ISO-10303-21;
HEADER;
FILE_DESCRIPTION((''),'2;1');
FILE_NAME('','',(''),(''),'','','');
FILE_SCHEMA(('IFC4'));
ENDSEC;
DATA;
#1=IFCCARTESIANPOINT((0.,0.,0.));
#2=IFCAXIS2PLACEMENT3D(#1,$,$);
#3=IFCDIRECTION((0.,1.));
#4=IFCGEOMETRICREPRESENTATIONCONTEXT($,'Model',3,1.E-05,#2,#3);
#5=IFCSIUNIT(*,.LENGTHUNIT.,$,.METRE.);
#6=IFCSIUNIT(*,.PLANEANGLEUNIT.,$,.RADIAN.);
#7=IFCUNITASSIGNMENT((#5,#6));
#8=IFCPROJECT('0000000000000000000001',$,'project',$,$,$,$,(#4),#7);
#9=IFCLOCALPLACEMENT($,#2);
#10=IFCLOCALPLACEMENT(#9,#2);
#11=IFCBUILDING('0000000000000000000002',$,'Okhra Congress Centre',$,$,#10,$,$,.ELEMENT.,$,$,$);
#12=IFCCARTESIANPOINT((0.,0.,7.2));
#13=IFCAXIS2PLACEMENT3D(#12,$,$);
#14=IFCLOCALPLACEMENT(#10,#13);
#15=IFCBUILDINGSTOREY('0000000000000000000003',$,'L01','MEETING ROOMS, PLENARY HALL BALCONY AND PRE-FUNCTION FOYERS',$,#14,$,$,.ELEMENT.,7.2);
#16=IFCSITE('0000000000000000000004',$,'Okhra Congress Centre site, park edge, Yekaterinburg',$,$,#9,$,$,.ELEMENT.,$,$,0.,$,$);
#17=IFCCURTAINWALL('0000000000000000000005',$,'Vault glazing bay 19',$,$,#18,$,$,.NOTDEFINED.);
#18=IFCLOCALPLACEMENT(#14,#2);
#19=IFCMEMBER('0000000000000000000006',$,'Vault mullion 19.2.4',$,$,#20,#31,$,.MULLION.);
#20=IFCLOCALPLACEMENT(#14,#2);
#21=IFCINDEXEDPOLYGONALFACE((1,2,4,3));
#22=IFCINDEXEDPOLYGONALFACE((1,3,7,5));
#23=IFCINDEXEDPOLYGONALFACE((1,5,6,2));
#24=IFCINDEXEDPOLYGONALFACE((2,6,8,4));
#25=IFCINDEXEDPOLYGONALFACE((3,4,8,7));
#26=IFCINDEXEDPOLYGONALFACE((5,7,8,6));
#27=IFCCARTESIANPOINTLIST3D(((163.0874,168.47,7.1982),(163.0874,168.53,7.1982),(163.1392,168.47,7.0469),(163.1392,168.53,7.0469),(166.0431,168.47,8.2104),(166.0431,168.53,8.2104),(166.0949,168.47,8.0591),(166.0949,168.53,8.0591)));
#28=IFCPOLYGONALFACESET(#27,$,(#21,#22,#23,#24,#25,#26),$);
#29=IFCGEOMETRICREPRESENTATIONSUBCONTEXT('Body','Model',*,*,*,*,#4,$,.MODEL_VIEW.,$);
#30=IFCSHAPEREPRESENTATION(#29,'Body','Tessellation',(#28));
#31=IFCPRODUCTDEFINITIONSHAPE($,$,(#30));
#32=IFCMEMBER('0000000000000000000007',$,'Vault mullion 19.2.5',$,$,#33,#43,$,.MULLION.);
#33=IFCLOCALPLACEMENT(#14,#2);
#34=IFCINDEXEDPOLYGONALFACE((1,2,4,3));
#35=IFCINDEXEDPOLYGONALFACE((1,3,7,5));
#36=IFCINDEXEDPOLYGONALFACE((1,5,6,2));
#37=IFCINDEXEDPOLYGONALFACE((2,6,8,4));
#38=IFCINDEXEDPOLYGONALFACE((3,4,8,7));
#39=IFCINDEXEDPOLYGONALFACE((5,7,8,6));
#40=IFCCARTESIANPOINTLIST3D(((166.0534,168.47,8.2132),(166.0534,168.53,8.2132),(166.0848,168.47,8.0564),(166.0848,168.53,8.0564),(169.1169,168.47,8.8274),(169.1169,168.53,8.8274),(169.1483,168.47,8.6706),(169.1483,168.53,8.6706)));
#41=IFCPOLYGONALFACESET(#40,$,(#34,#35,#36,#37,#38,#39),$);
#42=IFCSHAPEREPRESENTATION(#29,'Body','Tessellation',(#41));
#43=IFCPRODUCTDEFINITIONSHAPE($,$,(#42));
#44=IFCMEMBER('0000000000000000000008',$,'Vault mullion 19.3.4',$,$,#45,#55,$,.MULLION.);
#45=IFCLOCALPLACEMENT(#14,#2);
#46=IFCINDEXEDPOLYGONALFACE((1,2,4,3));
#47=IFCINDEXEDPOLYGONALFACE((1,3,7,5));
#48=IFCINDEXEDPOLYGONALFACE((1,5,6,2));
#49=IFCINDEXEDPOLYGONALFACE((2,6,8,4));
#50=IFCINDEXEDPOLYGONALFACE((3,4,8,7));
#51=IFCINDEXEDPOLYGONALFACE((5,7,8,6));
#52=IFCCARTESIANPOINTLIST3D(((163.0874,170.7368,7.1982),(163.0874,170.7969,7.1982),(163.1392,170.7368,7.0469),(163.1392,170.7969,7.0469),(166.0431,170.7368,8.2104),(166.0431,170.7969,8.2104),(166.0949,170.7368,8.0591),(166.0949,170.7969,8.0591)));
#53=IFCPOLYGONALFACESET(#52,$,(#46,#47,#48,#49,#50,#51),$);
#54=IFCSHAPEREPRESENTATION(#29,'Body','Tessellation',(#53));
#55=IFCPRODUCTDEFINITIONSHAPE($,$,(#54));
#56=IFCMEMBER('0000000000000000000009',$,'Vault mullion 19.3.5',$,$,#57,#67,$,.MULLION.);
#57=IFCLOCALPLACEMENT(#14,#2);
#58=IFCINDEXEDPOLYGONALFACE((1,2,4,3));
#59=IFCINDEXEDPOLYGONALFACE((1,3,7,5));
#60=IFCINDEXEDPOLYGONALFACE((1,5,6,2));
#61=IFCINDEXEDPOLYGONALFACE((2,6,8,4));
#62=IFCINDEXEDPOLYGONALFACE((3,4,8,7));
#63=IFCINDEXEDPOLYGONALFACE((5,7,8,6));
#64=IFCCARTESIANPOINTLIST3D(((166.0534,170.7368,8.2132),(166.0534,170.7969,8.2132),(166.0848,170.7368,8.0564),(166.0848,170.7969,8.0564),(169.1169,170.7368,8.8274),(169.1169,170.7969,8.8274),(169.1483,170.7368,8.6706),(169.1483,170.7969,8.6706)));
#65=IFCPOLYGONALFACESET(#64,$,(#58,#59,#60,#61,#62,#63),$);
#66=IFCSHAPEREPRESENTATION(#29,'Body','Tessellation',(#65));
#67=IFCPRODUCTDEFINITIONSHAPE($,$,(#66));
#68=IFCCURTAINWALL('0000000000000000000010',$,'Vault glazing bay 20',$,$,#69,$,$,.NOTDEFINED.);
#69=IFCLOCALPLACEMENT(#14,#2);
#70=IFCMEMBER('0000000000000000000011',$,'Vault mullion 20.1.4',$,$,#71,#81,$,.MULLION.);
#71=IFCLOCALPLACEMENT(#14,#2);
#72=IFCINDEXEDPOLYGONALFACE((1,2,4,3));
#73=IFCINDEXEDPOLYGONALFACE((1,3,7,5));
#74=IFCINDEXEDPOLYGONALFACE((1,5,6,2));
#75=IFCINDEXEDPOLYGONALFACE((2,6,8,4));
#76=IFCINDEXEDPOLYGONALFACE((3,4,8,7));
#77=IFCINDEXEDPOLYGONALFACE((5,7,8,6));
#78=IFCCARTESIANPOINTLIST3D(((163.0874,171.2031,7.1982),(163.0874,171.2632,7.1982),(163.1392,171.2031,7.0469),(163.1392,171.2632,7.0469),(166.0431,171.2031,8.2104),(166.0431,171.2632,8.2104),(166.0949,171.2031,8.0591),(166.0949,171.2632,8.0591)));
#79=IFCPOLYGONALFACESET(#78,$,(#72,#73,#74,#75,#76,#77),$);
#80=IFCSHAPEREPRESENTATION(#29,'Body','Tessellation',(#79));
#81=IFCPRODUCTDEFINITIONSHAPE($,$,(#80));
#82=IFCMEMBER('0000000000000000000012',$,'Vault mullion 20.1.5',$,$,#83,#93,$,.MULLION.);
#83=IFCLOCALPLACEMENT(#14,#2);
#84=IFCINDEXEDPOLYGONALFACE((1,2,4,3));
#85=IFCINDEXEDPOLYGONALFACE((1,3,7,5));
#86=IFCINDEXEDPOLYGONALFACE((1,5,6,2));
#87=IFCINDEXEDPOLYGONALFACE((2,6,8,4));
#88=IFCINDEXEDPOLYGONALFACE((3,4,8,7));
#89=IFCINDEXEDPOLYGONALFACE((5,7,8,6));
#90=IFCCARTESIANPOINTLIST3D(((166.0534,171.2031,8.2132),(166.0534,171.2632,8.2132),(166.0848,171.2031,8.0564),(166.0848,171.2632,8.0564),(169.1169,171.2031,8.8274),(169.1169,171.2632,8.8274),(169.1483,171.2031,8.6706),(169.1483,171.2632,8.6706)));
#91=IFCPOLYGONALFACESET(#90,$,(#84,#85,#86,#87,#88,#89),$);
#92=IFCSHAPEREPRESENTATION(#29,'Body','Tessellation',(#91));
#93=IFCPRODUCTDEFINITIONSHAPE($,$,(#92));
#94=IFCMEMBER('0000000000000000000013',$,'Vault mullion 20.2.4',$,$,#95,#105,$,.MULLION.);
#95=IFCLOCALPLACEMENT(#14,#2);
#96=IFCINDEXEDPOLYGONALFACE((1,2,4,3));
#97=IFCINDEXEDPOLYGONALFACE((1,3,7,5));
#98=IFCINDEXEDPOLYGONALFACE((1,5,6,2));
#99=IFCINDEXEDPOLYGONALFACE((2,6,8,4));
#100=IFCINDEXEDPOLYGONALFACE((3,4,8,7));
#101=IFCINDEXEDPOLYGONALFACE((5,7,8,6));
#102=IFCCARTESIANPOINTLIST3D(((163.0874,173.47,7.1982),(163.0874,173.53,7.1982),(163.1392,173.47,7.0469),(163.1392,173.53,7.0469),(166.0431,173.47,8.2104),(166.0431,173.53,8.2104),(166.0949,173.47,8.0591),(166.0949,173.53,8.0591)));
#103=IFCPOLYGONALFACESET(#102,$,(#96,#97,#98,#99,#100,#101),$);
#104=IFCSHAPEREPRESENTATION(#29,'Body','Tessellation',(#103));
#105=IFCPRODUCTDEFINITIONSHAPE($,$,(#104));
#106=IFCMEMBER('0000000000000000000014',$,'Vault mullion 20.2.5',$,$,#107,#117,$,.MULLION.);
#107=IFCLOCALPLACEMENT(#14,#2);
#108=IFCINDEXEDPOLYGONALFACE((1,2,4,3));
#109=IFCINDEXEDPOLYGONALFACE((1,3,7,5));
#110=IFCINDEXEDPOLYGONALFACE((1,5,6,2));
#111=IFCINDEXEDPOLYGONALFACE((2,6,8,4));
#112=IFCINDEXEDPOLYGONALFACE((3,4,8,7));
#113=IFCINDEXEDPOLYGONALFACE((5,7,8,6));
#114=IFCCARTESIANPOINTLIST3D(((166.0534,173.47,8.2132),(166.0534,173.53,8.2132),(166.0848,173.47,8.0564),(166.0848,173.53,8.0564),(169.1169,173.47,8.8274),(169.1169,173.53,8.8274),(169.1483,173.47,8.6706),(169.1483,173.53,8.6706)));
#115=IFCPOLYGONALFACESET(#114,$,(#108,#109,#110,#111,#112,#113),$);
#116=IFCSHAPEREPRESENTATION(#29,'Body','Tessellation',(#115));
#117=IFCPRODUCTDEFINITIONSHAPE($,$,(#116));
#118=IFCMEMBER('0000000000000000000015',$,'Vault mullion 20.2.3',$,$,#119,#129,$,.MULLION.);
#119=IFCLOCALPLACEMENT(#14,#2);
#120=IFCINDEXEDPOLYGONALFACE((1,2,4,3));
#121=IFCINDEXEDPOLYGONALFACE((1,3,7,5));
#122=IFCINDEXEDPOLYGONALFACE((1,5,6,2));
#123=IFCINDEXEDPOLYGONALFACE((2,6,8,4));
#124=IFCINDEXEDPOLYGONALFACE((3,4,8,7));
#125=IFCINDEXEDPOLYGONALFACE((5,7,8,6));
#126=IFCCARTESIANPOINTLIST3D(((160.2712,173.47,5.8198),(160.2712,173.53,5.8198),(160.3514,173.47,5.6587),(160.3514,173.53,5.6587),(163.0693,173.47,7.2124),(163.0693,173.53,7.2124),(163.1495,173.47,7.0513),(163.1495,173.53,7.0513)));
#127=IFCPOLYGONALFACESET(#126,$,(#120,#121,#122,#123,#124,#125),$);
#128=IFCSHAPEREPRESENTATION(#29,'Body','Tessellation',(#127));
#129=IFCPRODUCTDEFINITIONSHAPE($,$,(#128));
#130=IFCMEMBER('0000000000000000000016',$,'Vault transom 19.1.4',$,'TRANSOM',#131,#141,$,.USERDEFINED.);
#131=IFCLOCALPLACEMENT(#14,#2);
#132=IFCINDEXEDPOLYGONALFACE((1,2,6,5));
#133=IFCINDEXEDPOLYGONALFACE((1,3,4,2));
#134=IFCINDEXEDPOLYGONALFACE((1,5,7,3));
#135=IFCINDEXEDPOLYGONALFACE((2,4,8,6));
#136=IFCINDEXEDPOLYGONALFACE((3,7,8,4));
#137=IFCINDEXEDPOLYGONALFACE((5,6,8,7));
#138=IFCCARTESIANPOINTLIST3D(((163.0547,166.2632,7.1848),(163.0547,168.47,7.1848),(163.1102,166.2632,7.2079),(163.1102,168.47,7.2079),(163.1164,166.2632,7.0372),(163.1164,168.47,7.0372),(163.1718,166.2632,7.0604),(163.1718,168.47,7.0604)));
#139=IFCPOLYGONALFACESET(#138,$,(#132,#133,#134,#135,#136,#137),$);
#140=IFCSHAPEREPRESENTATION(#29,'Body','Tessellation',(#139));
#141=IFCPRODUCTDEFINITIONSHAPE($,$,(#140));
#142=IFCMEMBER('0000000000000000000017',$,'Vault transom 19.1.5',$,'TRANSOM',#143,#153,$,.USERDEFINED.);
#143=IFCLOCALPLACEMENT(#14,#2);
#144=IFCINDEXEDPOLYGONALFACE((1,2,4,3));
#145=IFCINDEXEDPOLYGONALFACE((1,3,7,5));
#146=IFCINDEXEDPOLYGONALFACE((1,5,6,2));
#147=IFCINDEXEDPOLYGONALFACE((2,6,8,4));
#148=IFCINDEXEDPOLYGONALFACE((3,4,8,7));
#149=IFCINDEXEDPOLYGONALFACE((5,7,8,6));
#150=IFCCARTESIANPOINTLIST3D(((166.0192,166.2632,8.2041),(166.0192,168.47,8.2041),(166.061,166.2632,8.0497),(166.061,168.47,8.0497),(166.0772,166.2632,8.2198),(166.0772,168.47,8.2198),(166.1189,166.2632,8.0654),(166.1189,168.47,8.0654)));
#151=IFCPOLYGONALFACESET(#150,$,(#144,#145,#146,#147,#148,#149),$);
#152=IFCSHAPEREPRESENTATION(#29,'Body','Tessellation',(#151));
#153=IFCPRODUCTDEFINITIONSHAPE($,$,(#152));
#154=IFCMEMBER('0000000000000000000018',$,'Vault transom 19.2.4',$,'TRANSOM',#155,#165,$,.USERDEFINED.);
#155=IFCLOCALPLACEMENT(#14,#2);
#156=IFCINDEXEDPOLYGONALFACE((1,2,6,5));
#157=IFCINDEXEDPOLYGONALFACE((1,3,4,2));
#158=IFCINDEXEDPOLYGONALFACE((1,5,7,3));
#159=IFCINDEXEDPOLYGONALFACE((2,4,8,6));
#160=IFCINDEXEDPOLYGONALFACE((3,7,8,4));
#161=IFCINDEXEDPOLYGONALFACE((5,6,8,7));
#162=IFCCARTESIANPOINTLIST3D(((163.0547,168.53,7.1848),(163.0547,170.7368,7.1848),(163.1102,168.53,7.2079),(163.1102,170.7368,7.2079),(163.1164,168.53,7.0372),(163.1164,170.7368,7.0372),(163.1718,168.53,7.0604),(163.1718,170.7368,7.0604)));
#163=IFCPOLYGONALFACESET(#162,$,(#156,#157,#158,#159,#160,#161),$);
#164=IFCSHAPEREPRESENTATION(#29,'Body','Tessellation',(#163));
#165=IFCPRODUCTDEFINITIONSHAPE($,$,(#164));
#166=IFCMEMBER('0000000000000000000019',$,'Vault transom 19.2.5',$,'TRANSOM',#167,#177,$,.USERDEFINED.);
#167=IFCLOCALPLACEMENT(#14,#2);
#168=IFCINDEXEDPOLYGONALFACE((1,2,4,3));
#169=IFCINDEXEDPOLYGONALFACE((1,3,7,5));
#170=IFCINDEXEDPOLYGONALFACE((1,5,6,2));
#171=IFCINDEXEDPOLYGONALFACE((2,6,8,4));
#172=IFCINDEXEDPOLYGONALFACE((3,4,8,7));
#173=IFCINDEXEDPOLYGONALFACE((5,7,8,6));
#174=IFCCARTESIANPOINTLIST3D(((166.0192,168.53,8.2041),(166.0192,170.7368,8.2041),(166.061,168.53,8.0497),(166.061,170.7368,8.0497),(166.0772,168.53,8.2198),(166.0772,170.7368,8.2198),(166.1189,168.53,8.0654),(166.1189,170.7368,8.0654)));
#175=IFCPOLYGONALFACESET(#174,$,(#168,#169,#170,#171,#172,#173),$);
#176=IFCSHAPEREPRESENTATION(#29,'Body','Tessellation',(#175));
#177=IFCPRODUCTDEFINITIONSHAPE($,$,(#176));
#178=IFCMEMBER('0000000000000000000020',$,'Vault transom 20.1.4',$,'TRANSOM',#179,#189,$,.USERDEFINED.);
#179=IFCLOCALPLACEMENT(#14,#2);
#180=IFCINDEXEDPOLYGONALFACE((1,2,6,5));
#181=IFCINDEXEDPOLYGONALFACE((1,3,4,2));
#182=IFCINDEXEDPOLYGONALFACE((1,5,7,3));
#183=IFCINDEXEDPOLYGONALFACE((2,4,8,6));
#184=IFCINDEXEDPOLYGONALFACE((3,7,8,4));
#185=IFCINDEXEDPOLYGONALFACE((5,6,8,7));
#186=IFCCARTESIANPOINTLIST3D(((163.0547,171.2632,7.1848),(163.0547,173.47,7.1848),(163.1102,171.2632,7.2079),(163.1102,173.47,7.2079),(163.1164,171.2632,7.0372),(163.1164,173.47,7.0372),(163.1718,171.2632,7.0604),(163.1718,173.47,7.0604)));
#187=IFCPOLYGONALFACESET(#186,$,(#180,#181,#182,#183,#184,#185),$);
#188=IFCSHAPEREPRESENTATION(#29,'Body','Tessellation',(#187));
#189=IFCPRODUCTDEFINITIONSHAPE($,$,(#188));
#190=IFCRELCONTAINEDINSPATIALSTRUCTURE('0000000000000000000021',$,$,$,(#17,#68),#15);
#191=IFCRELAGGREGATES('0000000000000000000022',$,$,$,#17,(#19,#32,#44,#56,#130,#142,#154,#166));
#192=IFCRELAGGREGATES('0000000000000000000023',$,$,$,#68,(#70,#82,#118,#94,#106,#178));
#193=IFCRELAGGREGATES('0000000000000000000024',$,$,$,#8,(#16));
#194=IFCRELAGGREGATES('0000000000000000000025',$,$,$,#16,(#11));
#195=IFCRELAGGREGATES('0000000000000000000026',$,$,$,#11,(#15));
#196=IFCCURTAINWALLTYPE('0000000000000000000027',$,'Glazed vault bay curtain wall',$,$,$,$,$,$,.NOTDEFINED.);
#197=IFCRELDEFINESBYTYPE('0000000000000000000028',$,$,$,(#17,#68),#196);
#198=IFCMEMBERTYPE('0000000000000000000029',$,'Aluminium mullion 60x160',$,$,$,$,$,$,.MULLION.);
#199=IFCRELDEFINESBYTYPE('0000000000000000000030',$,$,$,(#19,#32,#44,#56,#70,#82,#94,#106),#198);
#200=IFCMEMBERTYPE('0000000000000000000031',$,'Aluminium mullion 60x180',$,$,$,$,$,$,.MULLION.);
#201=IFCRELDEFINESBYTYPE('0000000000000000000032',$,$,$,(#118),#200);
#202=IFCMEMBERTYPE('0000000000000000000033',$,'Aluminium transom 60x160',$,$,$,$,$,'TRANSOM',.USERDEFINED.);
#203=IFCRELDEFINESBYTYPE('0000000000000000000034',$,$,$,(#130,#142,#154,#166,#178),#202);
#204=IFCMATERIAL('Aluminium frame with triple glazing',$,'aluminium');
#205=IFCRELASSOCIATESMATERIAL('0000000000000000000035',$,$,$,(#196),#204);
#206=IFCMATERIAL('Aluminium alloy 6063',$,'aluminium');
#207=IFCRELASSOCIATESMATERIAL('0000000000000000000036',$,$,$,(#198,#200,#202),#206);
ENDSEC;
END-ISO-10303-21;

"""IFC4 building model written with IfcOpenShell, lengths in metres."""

from ifc_helpers import new_model, si_unit, direction, frame, origin, origin_2d, place, context, subcontext, project, spatial, rectangle, extrude, material, material_profile, profile_set, type_object, element, aggregate, save


model = new_model("IFC4")

# Units and contexts
model_context = context("Model", 3, precision=1e-05, world=origin(), true_north=direction((0.0, 1.0)))
body_context = subcontext(model_context, "Body", "Model", "MODEL_VIEW")
ifc_project = project(units=[si_unit("LENGTHUNIT", "METRE"), si_unit("PLANEANGLEUNIT", "RADIAN")], contexts=[model_context])

# Site, building, storey
site_placement = place(None, origin())
site = spatial("IfcSite", under=ifc_project, at=site_placement, Name="Okhra Congress Centre site, park edge, Yekaterinburg", CompositionType="ELEMENT", RefElevation=0.0)
building_placement = place(site_placement, origin())
building = spatial("IfcBuilding", under=site, at=building_placement, Name="Okhra Congress Centre", CompositionType="ELEMENT")
storey_placement = place(building_placement, frame((0.0, 0.0, 7.2)))
storey = spatial("IfcBuildingStorey", under=building, at=storey_placement, Name="L01", Description="MEETING ROOMS, PLENARY HALL BALCONY AND PRE-FUNCTION FOYERS", CompositionType="ELEMENT", Elevation=7.2)

# Curtain walls, members
ifc_material_1 = material(Name="Aluminium frame with triple glazing", Category="aluminium")
curtain_wall_type = type_object("IfcCurtainWallType", Name="Glazed vault bay curtain wall", PredefinedType="NOTDEFINED", material=ifc_material_1)
curtain_wall_1_placement = place(storey_placement, origin())
curtain_wall_1 = element("IfcCurtainWall", 1, at=curtain_wall_1_placement, inside=storey, type_object=curtain_wall_type, Name="Vault glazing bay 19", PredefinedType="NOTDEFINED")
ifc_material_2 = material(Name="Aluminium alloy 6063", Category="aluminium")
ifc_material_profile_1 = material_profile(ifc_material_2, rectangle(XDim=0.0601, YDim=0.1599, at=origin_2d()), Name="AL 60x160")
ifc_profile_set_1 = profile_set([ifc_material_profile_1], Name="Aluminium alloy 6063")
member_type_1 = type_object("IfcMemberType", Name="Aluminium mullion 60x160", PredefinedType="MULLION", material=ifc_profile_set_1)
member_1_placement = place(storey_placement, frame((163.1133, 168.5, 7.1226), z_axis=(0.946065, 0.0, 0.323977), x_axis=(0.0, 1.0, 0.0)))
member_1 = element("IfcMember", 2, at=member_1_placement, type_object=member_type_1, Name="Vault mullion 19.2.4", PredefinedType="MULLION", context=body_context, shape_type="SweptSolid", body=[
    extrude(rectangle(XDim=0.0601, YDim=0.1599, at=origin_2d()), origin(), (0.0, 0.0, 1.0), 3.1243),
])
member_2_placement = place(storey_placement, frame((166.0691, 168.5, 8.1348), z_axis=(0.980484, 0.0, 0.196597), x_axis=(0.0, 1.0, 0.0)))
member_2 = element("IfcMember", 3, at=member_2_placement, type_object=member_type_1, Name="Vault mullion 19.2.5", PredefinedType="MULLION", context=body_context, shape_type="SweptSolid", body=[
    extrude(rectangle(XDim=0.0601, YDim=0.1599, at=origin_2d()), origin(), (0.0, 0.0, 1.0), 3.1245),
])
member_3_placement = place(storey_placement, frame((163.1133, 170.7668, 7.1226), z_axis=(0.946065, 0.0, 0.323977), x_axis=(0.0, 1.0, 0.0)))
member_3 = element("IfcMember", 4, at=member_3_placement, type_object=member_type_1, Name="Vault mullion 19.3.4", PredefinedType="MULLION", context=body_context, shape_type="SweptSolid", body=[
    extrude(rectangle(XDim=0.0601, YDim=0.1599, at=origin_2d()), origin(), (0.0, 0.0, 1.0), 3.1243),
])
member_4_placement = place(storey_placement, frame((166.0691, 170.7668, 8.1348), z_axis=(0.980484, 0.0, 0.196597), x_axis=(0.0, 1.0, 0.0)))
member_4 = element("IfcMember", 5, at=member_4_placement, type_object=member_type_1, Name="Vault mullion 19.3.5", PredefinedType="MULLION", context=body_context, shape_type="SweptSolid", body=[
    extrude(rectangle(XDim=0.0601, YDim=0.1599, at=origin_2d()), origin(), (0.0, 0.0, 1.0), 3.1245),
])
curtain_wall_2_placement = place(storey_placement, origin())
curtain_wall_2 = element("IfcCurtainWall", 6, at=curtain_wall_2_placement, inside=storey, type_object=curtain_wall_type, Name="Vault glazing bay 20", PredefinedType="NOTDEFINED")
member_5_placement = place(storey_placement, frame((163.1133, 171.2332, 7.1226), z_axis=(0.946065, 0.0, 0.323977), x_axis=(0.0, 1.0, 0.0)))
member_5 = element("IfcMember", 7, at=member_5_placement, type_object=member_type_1, Name="Vault mullion 20.1.4", PredefinedType="MULLION", context=body_context, shape_type="SweptSolid", body=[
    extrude(rectangle(XDim=0.0601, YDim=0.1599, at=origin_2d()), origin(), (0.0, 0.0, 1.0), 3.1243),
])
member_6_placement = place(storey_placement, frame((166.0691, 171.2332, 8.1348), z_axis=(0.980484, 0.0, 0.196597), x_axis=(0.0, 1.0, 0.0)))
member_6 = element("IfcMember", 8, at=member_6_placement, type_object=member_type_1, Name="Vault mullion 20.1.5", PredefinedType="MULLION", context=body_context, shape_type="SweptSolid", body=[
    extrude(rectangle(XDim=0.0601, YDim=0.1599, at=origin_2d()), origin(), (0.0, 0.0, 1.0), 3.1245),
])
member_7_placement = place(storey_placement, frame((163.1133, 173.5, 7.1226), z_axis=(0.946065, 0.0, 0.323977), x_axis=(0.0, 1.0, 0.0)))
member_7 = element("IfcMember", 9, at=member_7_placement, type_object=member_type_1, Name="Vault mullion 20.2.4", PredefinedType="MULLION", context=body_context, shape_type="SweptSolid", body=[
    extrude(rectangle(XDim=0.0601, YDim=0.1599, at=origin_2d()), origin(), (0.0, 0.0, 1.0), 3.1243),
])
member_8_placement = place(storey_placement, frame((166.0691, 173.5, 8.1348), z_axis=(0.980484, 0.0, 0.196597), x_axis=(0.0, 1.0, 0.0)))
member_8 = element("IfcMember", 10, at=member_8_placement, type_object=member_type_1, Name="Vault mullion 20.2.5", PredefinedType="MULLION", context=body_context, shape_type="SweptSolid", body=[
    extrude(rectangle(XDim=0.0601, YDim=0.1599, at=origin_2d()), origin(), (0.0, 0.0, 1.0), 3.1245),
])
ifc_material_profile_2 = material_profile(ifc_material_2, rectangle(XDim=0.0601, YDim=0.1799, at=origin_2d()), Name="AL 60x180")
ifc_profile_set_2 = profile_set([ifc_material_profile_2], Name="Aluminium alloy 6063")
member_type_2 = type_object("IfcMemberType", Name="Aluminium mullion 60x180", PredefinedType="MULLION", material=ifc_profile_set_2)
member_9_placement = place(storey_placement, frame((160.3113, 173.5, 5.7393), z_axis=(0.895254, 0.0, 0.445557), x_axis=(0.0, 1.0, 0.0)))
member_9 = element("IfcMember", 11, at=member_9_placement, type_object=member_type_2, Name="Vault mullion 20.2.3", PredefinedType="MULLION", context=body_context, shape_type="SweptSolid", body=[
    extrude(rectangle(XDim=0.0601, YDim=0.1799, at=origin_2d()), origin(), (0.0, 0.0, 1.0), 3.1255),
])

# Members
ifc_material_profile_3 = material_profile(ifc_material_2, rectangle(XDim=0.0601, YDim=0.1599, at=origin_2d()), Name="AL 60x160 transom")
ifc_profile_set_3 = profile_set([ifc_material_profile_3], Name="Aluminium alloy 6063")
member_type_3 = type_object("IfcMemberType", Name="Aluminium transom 60x160", ElementType="TRANSOM", PredefinedType="USERDEFINED", material=ifc_profile_set_3)
member_10_placement = place(storey_placement, frame((163.1133, 166.2632, 7.1226), z_axis=(0.0, 1.0, 0.0), x_axis=(-0.922669, 0.0, -0.385593)))
member_10 = element("IfcMember", 12, at=member_10_placement, type_object=member_type_3, Name="Vault transom 19.1.4", ObjectType="TRANSOM", PredefinedType="USERDEFINED", context=body_context, shape_type="SweptSolid", body=[
    extrude(rectangle(XDim=0.0601, YDim=0.1599, at=origin_2d()), origin(), (0.0, 0.0, 1.0), 2.2068),
])
member_11_placement = place(storey_placement, frame((166.0691, 166.2632, 8.1348), z_axis=(0.0, 1.0, 0.0), x_axis=(-0.96538, 0.0, -0.260848)))
member_11 = element("IfcMember", 13, at=member_11_placement, type_object=member_type_3, Name="Vault transom 19.1.5", ObjectType="TRANSOM", PredefinedType="USERDEFINED", context=body_context, shape_type="SweptSolid", body=[
    extrude(rectangle(XDim=0.0601, YDim=0.1599, at=origin_2d()), origin(), (0.0, 0.0, 1.0), 2.2068),
])
member_12_placement = place(storey_placement, frame((163.1133, 168.53, 7.1226), z_axis=(0.0, 1.0, 0.0), x_axis=(-0.922669, 0.0, -0.385593)))
member_12 = element("IfcMember", 14, at=member_12_placement, type_object=member_type_3, Name="Vault transom 19.2.4", ObjectType="TRANSOM", PredefinedType="USERDEFINED", context=body_context, shape_type="SweptSolid", body=[
    extrude(rectangle(XDim=0.0601, YDim=0.1599, at=origin_2d()), origin(), (0.0, 0.0, 1.0), 2.2068),
])
member_13_placement = place(storey_placement, frame((166.0691, 168.53, 8.1348), z_axis=(0.0, 1.0, 0.0), x_axis=(-0.96538, 0.0, -0.260848)))
member_13 = element("IfcMember", 15, at=member_13_placement, type_object=member_type_3, Name="Vault transom 19.2.5", ObjectType="TRANSOM", PredefinedType="USERDEFINED", context=body_context, shape_type="SweptSolid", body=[
    extrude(rectangle(XDim=0.0601, YDim=0.1599, at=origin_2d()), origin(), (0.0, 0.0, 1.0), 2.2068),
])
member_14_placement = place(storey_placement, frame((163.1133, 171.2632, 7.1226), z_axis=(0.0, 1.0, 0.0), x_axis=(-0.922669, 0.0, -0.385593)))
member_14 = element("IfcMember", 16, at=member_14_placement, type_object=member_type_3, Name="Vault transom 20.1.4", ObjectType="TRANSOM", PredefinedType="USERDEFINED", context=body_context, shape_type="SweptSolid", body=[
    extrude(rectangle(XDim=0.0601, YDim=0.1599, at=origin_2d()), origin(), (0.0, 0.0, 1.0), 2.2068),
])

aggregate(curtain_wall_1, [member_1, member_2, member_3, member_4, member_10, member_11, member_12, member_13])
aggregate(curtain_wall_2, [member_5, member_6, member_9, member_7, member_8, member_14])

save(model, "model.ifc")
